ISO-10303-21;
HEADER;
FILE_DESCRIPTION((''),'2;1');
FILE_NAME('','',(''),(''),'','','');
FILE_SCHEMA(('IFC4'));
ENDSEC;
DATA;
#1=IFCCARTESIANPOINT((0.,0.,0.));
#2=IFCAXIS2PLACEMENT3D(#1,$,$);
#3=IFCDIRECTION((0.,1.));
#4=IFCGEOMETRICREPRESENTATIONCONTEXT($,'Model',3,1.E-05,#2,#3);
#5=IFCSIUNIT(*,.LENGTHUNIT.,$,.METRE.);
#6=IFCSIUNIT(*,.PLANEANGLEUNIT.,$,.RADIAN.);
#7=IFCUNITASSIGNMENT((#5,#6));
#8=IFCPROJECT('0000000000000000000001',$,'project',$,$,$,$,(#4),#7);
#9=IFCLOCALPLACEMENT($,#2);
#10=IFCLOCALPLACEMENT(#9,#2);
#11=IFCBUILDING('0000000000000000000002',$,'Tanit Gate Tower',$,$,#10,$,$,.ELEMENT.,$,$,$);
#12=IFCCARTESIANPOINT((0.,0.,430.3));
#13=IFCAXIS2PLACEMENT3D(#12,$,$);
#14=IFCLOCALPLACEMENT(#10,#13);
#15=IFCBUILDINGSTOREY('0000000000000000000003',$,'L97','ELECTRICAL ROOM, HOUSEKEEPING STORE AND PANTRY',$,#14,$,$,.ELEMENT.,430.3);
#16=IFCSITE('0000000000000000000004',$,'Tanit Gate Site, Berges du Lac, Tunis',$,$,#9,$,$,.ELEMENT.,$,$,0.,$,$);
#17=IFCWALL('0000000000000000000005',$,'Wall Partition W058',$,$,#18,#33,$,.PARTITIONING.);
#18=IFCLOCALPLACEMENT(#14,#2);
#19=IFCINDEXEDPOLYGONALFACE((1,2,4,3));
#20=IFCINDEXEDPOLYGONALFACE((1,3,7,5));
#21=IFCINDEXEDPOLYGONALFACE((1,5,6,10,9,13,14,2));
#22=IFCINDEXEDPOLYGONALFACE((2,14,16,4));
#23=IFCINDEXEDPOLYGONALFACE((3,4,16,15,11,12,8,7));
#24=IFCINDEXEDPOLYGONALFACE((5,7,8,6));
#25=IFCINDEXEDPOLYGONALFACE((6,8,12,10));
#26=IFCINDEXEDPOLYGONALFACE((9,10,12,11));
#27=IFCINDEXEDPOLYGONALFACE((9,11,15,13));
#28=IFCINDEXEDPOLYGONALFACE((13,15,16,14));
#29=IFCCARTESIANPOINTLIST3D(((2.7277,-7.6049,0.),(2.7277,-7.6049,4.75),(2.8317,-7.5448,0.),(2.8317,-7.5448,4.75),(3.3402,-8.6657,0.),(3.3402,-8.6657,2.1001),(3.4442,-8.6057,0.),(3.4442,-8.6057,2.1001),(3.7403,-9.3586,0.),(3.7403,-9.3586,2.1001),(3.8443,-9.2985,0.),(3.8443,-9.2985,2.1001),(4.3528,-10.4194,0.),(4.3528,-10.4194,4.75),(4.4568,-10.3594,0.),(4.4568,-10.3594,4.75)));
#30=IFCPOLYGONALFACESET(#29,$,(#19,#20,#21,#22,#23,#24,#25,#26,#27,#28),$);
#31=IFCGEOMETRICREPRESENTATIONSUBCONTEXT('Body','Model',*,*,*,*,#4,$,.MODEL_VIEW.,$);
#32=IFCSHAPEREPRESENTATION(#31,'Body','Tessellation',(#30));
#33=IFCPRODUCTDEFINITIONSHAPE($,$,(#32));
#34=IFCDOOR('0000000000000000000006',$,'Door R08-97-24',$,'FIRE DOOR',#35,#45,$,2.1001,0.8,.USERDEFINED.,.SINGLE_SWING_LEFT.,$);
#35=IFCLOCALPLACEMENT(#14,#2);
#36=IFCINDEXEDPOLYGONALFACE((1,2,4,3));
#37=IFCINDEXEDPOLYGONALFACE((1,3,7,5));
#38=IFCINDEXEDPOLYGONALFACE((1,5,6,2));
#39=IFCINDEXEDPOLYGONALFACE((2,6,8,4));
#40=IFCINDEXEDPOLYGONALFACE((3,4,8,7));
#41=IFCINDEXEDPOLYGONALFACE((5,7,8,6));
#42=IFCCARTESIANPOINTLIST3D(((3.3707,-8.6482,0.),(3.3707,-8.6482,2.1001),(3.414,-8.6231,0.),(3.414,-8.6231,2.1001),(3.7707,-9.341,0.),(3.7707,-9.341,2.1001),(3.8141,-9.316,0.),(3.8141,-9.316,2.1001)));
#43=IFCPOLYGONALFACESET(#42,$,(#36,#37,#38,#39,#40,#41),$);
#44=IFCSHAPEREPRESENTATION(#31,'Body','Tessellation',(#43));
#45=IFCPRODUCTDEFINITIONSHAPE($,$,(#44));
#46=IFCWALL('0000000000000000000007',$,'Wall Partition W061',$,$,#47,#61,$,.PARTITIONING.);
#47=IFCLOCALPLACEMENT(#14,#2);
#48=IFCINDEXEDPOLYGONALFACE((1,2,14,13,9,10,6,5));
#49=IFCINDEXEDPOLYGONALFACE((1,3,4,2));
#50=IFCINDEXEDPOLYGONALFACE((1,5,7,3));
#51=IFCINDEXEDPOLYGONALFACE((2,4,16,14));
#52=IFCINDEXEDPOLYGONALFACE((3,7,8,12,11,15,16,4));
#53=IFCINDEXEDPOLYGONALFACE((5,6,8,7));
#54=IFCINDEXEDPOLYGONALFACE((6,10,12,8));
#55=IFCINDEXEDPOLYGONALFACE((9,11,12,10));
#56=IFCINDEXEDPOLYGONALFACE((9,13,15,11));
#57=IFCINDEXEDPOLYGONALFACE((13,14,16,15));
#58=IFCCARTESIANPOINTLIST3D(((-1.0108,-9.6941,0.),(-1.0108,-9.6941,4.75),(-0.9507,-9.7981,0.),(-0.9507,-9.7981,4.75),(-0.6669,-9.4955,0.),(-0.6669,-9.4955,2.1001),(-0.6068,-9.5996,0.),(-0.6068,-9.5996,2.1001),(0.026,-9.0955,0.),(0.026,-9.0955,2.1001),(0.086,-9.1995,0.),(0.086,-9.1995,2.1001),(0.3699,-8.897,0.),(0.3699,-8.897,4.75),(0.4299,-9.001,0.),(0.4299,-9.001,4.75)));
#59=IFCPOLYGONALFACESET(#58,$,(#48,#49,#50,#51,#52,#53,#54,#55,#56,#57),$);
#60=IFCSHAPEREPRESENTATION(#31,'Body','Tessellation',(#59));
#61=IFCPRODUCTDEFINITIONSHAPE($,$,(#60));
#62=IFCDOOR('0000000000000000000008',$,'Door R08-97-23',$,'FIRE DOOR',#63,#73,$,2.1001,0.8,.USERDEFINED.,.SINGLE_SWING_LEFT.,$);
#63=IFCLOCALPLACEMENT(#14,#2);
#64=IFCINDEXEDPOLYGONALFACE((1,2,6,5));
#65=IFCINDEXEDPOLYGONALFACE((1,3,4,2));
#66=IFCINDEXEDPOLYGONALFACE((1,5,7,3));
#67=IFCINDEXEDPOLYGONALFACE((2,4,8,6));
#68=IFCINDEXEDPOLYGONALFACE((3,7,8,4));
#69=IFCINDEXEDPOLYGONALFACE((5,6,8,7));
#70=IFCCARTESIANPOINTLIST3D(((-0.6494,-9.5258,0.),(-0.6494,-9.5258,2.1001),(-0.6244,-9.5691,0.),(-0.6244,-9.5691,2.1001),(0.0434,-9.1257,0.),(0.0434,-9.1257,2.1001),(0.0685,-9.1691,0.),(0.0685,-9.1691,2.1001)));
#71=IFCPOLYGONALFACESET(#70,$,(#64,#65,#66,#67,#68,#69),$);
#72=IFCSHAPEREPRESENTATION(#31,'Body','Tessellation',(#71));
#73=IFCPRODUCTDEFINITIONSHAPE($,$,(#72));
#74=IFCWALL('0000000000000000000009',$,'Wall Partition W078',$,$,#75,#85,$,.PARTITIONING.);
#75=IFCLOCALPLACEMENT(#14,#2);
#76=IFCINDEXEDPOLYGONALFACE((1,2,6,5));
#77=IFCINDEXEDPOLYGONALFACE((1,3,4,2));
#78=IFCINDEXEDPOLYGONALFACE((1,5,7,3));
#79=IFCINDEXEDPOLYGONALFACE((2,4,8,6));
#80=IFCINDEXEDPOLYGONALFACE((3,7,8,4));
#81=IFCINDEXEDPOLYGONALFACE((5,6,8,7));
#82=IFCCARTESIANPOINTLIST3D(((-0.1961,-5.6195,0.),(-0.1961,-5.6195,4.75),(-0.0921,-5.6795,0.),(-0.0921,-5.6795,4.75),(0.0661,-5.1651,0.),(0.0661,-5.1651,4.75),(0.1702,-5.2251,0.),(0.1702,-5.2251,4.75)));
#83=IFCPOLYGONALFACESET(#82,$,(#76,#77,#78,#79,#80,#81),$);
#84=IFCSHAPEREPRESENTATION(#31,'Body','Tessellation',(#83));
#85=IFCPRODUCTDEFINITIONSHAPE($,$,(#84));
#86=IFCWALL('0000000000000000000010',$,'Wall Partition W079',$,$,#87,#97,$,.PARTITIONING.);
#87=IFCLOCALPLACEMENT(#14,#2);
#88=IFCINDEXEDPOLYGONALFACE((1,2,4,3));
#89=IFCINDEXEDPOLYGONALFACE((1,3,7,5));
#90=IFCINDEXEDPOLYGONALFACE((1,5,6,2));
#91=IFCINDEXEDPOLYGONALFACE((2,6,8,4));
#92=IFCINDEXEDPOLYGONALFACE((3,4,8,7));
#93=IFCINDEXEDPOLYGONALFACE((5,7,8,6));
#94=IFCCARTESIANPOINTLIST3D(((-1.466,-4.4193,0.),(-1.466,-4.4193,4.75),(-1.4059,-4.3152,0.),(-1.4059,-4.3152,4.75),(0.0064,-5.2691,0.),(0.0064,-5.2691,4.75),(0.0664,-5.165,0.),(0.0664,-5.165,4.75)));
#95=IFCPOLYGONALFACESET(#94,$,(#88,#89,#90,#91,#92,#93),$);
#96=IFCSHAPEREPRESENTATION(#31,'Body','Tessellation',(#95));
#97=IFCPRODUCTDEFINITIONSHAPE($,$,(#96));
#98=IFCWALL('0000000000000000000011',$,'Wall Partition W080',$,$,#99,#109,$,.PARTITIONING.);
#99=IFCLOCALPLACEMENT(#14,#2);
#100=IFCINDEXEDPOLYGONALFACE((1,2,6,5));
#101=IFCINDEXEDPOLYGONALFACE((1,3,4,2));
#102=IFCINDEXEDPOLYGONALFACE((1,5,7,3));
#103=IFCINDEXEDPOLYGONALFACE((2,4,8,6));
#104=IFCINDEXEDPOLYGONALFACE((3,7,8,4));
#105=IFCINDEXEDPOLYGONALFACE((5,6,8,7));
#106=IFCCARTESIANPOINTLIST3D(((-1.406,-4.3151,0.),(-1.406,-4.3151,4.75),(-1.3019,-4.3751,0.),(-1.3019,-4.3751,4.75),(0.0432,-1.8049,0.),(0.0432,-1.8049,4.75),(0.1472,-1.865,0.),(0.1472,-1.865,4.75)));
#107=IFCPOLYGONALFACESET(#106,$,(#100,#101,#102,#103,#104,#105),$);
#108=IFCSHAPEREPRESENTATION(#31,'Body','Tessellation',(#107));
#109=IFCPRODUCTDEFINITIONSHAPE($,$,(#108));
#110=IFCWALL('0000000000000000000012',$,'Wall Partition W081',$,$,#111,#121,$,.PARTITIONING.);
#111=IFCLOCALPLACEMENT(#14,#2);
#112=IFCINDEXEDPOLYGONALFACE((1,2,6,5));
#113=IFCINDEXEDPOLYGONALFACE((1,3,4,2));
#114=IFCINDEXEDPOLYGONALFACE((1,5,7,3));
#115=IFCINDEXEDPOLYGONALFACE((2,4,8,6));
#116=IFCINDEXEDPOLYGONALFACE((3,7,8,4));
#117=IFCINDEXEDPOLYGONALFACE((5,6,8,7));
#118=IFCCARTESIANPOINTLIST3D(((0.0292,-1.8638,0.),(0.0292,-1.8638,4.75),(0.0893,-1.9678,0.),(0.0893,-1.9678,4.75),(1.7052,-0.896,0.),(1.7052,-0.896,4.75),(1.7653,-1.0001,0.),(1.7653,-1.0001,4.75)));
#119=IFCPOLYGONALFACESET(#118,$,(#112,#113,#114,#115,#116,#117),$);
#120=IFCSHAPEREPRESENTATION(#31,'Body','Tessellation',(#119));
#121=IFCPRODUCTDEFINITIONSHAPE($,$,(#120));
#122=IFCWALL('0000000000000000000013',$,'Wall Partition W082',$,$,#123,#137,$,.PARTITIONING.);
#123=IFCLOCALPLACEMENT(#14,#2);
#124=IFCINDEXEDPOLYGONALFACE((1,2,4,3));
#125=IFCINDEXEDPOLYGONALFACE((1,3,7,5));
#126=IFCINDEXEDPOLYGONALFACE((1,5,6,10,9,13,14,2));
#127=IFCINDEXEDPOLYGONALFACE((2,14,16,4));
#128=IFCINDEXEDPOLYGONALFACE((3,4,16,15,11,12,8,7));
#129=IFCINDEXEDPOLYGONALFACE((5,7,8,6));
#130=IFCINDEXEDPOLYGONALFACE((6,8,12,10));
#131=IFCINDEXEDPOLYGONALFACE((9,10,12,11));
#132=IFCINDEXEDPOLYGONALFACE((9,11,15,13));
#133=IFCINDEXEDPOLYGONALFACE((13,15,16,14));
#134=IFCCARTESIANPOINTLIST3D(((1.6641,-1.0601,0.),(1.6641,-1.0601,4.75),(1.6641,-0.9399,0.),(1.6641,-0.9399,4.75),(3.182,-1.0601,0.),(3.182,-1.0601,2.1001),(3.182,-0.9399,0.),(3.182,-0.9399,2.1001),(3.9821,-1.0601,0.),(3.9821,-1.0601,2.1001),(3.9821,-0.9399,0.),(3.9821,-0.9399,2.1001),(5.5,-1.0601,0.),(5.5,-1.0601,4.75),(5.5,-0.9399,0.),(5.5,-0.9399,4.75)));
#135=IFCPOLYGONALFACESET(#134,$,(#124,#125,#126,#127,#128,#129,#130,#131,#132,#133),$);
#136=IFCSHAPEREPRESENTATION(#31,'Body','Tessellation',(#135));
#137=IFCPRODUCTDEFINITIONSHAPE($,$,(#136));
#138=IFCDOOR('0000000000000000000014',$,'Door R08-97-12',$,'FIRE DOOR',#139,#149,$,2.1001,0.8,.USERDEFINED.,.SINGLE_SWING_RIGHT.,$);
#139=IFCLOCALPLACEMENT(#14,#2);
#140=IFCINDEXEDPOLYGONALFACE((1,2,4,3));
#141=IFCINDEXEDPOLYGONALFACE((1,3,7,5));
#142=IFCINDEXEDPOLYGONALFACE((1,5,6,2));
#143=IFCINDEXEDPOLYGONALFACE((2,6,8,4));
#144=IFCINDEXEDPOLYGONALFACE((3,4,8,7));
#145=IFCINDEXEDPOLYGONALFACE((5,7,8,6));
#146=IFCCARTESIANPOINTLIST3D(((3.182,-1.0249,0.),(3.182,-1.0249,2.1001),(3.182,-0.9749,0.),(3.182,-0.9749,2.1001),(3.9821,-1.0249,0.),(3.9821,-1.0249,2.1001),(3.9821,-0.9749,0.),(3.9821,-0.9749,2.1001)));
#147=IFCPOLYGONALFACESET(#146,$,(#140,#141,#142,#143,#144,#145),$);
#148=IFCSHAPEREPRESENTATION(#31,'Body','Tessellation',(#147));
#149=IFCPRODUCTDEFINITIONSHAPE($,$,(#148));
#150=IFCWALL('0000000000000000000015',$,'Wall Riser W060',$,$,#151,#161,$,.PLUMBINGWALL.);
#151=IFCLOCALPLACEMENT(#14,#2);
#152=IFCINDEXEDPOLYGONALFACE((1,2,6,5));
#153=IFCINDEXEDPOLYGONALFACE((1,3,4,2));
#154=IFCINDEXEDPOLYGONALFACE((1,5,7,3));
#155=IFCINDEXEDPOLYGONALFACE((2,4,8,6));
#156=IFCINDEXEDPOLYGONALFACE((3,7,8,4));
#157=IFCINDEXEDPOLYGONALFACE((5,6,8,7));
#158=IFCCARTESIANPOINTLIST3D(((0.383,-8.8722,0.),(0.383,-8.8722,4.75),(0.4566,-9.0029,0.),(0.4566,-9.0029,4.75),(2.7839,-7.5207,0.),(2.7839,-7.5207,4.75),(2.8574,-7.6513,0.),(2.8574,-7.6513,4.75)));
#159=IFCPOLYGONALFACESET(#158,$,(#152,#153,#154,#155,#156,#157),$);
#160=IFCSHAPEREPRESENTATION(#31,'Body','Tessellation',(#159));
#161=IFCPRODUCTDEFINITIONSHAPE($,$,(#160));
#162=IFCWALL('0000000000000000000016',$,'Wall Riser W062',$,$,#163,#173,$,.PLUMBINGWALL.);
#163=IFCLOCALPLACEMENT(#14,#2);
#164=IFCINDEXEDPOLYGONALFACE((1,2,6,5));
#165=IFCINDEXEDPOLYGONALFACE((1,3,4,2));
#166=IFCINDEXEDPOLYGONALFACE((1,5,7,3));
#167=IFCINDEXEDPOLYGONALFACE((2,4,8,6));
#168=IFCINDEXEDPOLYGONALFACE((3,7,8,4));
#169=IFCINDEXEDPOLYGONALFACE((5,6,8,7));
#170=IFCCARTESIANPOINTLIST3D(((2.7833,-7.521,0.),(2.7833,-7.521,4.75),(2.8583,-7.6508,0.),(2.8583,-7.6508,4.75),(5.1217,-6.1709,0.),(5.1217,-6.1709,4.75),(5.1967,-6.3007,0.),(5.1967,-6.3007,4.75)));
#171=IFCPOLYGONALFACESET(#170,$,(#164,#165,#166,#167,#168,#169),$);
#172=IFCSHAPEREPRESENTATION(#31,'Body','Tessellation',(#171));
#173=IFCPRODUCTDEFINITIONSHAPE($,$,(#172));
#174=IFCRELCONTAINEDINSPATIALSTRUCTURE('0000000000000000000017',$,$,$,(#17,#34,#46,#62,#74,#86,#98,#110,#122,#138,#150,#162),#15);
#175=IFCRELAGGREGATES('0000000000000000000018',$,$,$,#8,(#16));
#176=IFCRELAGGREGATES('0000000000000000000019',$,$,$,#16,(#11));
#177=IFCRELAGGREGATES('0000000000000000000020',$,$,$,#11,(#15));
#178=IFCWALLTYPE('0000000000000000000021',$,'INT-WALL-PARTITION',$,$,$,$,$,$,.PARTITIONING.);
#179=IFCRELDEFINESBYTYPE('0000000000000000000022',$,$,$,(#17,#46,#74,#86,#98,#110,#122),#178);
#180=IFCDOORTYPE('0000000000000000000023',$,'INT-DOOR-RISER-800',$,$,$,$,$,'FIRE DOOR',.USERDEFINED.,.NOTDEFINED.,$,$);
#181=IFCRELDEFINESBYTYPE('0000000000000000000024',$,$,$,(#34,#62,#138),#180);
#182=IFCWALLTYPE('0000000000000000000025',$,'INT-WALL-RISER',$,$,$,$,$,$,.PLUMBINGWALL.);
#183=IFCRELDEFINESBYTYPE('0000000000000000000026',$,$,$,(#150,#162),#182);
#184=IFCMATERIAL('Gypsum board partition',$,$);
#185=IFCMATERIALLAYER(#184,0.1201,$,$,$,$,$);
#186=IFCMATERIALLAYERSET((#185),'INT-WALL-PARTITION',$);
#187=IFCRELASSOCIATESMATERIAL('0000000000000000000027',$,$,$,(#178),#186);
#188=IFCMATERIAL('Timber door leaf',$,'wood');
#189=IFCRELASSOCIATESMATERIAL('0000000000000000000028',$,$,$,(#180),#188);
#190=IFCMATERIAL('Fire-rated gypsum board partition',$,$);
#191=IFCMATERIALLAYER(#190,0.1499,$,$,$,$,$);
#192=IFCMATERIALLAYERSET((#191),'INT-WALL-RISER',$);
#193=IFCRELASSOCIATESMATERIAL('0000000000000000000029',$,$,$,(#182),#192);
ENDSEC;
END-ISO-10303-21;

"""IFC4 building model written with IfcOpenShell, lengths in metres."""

from ifc_helpers import new_model, si_unit, direction, frame, frame_2d, origin, place, context, subcontext, project, spatial, rectangle, extrude, material, layer, layer_set, type_object, element, fill, save


model = new_model("IFC4")

# Units and contexts
model_context = context("Model", 3, precision=1e-05, world=origin(), true_north=direction((0.0, 1.0)))
body_context = subcontext(model_context, "Body", "Model", "MODEL_VIEW")
ifc_project = project(units=[si_unit("LENGTHUNIT", "METRE"), si_unit("PLANEANGLEUNIT", "RADIAN")], contexts=[model_context])

# Site, building, storey
site_placement = place(None, origin())
site = spatial("IfcSite", under=ifc_project, at=site_placement, Name="Tanit Gate Site, Berges du Lac, Tunis", CompositionType="ELEMENT", RefElevation=0.0)
building_placement = place(site_placement, origin())
building = spatial("IfcBuilding", under=site, at=building_placement, Name="Tanit Gate Tower", CompositionType="ELEMENT")
storey_placement = place(building_placement, frame((0.0, 0.0, 430.3)))
storey = spatial("IfcBuildingStorey", under=building, at=storey_placement, Name="L97", Description="ELECTRICAL ROOM, HOUSEKEEPING STORE AND PANTRY", CompositionType="ELEMENT", Elevation=430.3)

# Walls, openings, doors
ifc_material_1 = material(Name="Gypsum board partition")
ifc_layer_1 = layer(ifc_material_1, 0.1201)
ifc_layer_set_1 = layer_set([ifc_layer_1], Name="INT-WALL-PARTITION")
wall_type_1 = type_object("IfcWallType", Name="INT-WALL-PARTITION", PredefinedType="PARTITIONING", material=ifc_layer_set_1)
wall_1_placement = place(storey_placement, frame((4.4048, -10.3894, 0.0), z_axis=(0.0, 0.0, 1.0), x_axis=(-0.500017, 0.866015, 0.0)))
wall_1 = element("IfcWall", 1, at=wall_1_placement, inside=storey, type_object=wall_type_1, Name="Wall Partition W058", PredefinedType="PARTITIONING", context=body_context, shape_type="SweptSolid", body=[
    extrude(rectangle(XDim=3.25, YDim=0.1201, at=frame_2d((1.625, 0.0))), origin(), (0.0, 0.0, 1.0), 4.75),
])
opening_1_placement = place(wall_1_placement, frame((1.2251, 0.0, 0.0)))
opening_1 = element("IfcOpeningElement", 2, at=opening_1_placement, cuts=wall_1, PredefinedType="OPENING", context=body_context, shape_type="SweptSolid", body=[
    extrude(rectangle(XDim=0.8, YDim=2.1001, at=frame_2d((0.3999, 1.05))), frame((0.0, 0.0701, 0.0), z_axis=(0.0, -1.0, 0.0), x_axis=(1.0, 0.0, 0.0)), (0.0, 0.0, 1.0), 0.1401),
])
ifc_material_2 = material(Name="Timber door leaf", Category="wood")
door_type = type_object("IfcDoorType", Name="INT-DOOR-RISER-800", ElementType="FIRE DOOR", OperationType="NOTDEFINED", PredefinedType="USERDEFINED", material=ifc_material_2)
door_1_placement = place(opening_1_placement, origin())
door_1 = element("IfcDoor", 3, at=door_1_placement, inside=storey, type_object=door_type, Name="Door R08-97-24", ObjectType="FIRE DOOR", OperationType="SINGLE_SWING_LEFT", OverallHeight=2.1001, OverallWidth=0.8, PredefinedType="USERDEFINED", context=body_context, shape_type="SweptSolid", body=[
    extrude(rectangle(XDim=0.8, YDim=2.1001, at=frame_2d((0.3999, 1.05))), frame((0.0, 0.0249, 0.0), z_axis=(0.0, -1.0, 0.0), x_axis=(1.0, 0.0, 0.0)), (0.0, 0.0, 1.0), 0.05),
])
fill(opening_1, door_1)
wall_2_placement = place(storey_placement, frame((0.3999, -8.949, 0.0), z_axis=(0.0, 0.0, 1.0), x_axis=(-0.86602, -0.50001, 0.0)))
wall_2 = element("IfcWall", 4, at=wall_2_placement, inside=storey, type_object=wall_type_1, Name="Wall Partition W061", PredefinedType="PARTITIONING", context=body_context, shape_type="SweptSolid", body=[
    extrude(rectangle(XDim=1.5942, YDim=0.1201, at=frame_2d((0.7971, 0.0))), origin(), (0.0, 0.0, 1.0), 4.75),
])
opening_2_placement = place(wall_2_placement, frame((0.3972, 0.0, 0.0)))
opening_2 = element("IfcOpeningElement", 5, at=opening_2_placement, cuts=wall_2, PredefinedType="OPENING", context=body_context, shape_type="SweptSolid", body=[
    extrude(rectangle(XDim=0.8, YDim=2.1001, at=frame_2d((0.3999, 1.05))), frame((0.0, 0.0701, 0.0), z_axis=(0.0, -1.0, 0.0), x_axis=(1.0, 0.0, 0.0)), (0.0, 0.0, 1.0), 0.1401),
])
door_2_placement = place(opening_2_placement, origin())
door_2 = element("IfcDoor", 6, at=door_2_placement, inside=storey, type_object=door_type, Name="Door R08-97-23", ObjectType="FIRE DOOR", OperationType="SINGLE_SWING_LEFT", OverallHeight=2.1001, OverallWidth=0.8, PredefinedType="USERDEFINED", context=body_context, shape_type="SweptSolid", body=[
    extrude(rectangle(XDim=0.8, YDim=2.1001, at=frame_2d((0.3999, 1.05))), frame((0.0, 0.0249, 0.0), z_axis=(0.0, -1.0, 0.0), x_axis=(1.0, 0.0, 0.0)), (0.0, 0.0, 1.0), 0.05),
])
fill(opening_2, door_2)

# Walls
wall_3_placement = place(storey_placement, frame((-0.144, -5.6494, 0.0), z_axis=(0.0, 0.0, 1.0), x_axis=(0.499843, 0.866116, 0.0)))
element("IfcWall", 7, at=wall_3_placement, inside=storey, type_object=wall_type_1, Name="Wall Partition W078", PredefinedType="PARTITIONING", context=body_context, shape_type="SweptSolid", body=[
    extrude(rectangle(XDim=0.5247, YDim=0.1201, at=frame_2d((0.2622, 0.0))), origin(), (0.0, 0.0, 1.0), 4.75),
])
wall_4_placement = place(storey_placement, frame((-1.436, -4.3672, 0.0), z_axis=(0.0, 0.0, 1.0), x_axis=(0.866088, -0.499892, 0.0)))
element("IfcWall", 8, at=wall_4_placement, inside=storey, type_object=wall_type_1, Name="Wall Partition W079", PredefinedType="PARTITIONING", context=body_context, shape_type="SweptSolid", body=[
    extrude(rectangle(XDim=1.7, YDim=0.1201, at=frame_2d((0.8501, 0.0))), origin(), (0.0, 0.0, 1.0), 4.75),
])
wall_5_placement = place(storey_placement, frame((0.0952, -1.835, 0.0), z_axis=(0.0, 0.0, 1.0), x_axis=(-0.49998, -0.866037, 0.0)))
element("IfcWall", 9, at=wall_5_placement, inside=storey, type_object=wall_type_1, Name="Wall Partition W080", PredefinedType="PARTITIONING", context=body_context, shape_type="SweptSolid", body=[
    extrude(rectangle(XDim=2.8984, YDim=0.1201, at=frame_2d((1.4492, 0.0))), origin(), (0.0, 0.0, 1.0), 4.75),
])
wall_6_placement = place(storey_placement, frame((1.7354, -0.948, 0.0), z_axis=(0.0, 0.0, 1.0), x_axis=(-0.865999, -0.500046, 0.0)))
element("IfcWall", 10, at=wall_6_placement, inside=storey, type_object=wall_type_1, Name="Wall Partition W081", PredefinedType="PARTITIONING", context=body_context, shape_type="SweptSolid", body=[
    extrude(rectangle(XDim=1.9353, YDim=0.1201, at=frame_2d((0.9678, 0.0))), origin(), (0.0, 0.0, 1.0), 4.75),
])

# Wall, opening, door
wall_7_placement = place(storey_placement, frame((5.5, -1.0, 0.0), z_axis=(0.0, 0.0, 1.0), x_axis=(-1.0, 0.0, 0.0)))
wall_7 = element("IfcWall", 11, at=wall_7_placement, inside=storey, type_object=wall_type_1, Name="Wall Partition W082", PredefinedType="PARTITIONING", context=body_context, shape_type="SweptSolid", body=[
    extrude(rectangle(XDim=3.8359, YDim=0.1201, at=frame_2d((1.918, 0.0))), origin(), (0.0, 0.0, 1.0), 4.75),
])
opening_3_placement = place(wall_7_placement, frame((1.5181, 0.0, 0.0)))
opening_3 = element("IfcOpeningElement", 12, at=opening_3_placement, cuts=wall_7, PredefinedType="OPENING", context=body_context, shape_type="SweptSolid", body=[
    extrude(rectangle(XDim=0.8, YDim=2.1001, at=frame_2d((0.3999, 1.05))), frame((0.0, 0.0701, 0.0), z_axis=(0.0, -1.0, 0.0), x_axis=(1.0, 0.0, 0.0)), (0.0, 0.0, 1.0), 0.1401),
])
door_3_placement = place(opening_3_placement, origin())
door_3 = element("IfcDoor", 13, at=door_3_placement, inside=storey, type_object=door_type, Name="Door R08-97-12", ObjectType="FIRE DOOR", OperationType="SINGLE_SWING_RIGHT", OverallHeight=2.1001, OverallWidth=0.8, PredefinedType="USERDEFINED", context=body_context, shape_type="SweptSolid", body=[
    extrude(rectangle(XDim=0.8, YDim=2.1001, at=frame_2d((0.3999, 1.05))), frame((0.0, 0.0249, 0.0), z_axis=(0.0, -1.0, 0.0), x_axis=(1.0, 0.0, 0.0)), (0.0, 0.0, 1.0), 0.05),
])
fill(opening_3, door_3)

# Walls
ifc_material_3 = material(Name="Fire-rated gypsum board partition")
ifc_layer_2 = layer(ifc_material_3, 0.1499)
ifc_layer_set_2 = layer_set([ifc_layer_2], Name="INT-WALL-RISER")
wall_type_2 = type_object("IfcWallType", Name="INT-WALL-RISER", PredefinedType="PLUMBINGWALL", material=ifc_layer_set_2)
wall_8_placement = place(storey_placement, frame((0.4199, -8.9375, 0.0), z_axis=(0.0, 0.0, 1.0), x_axis=(0.87141, 0.490556, 0.0)))
element("IfcWall", 14, at=wall_8_placement, inside=storey, type_object=wall_type_2, Name="Wall Riser W060", PredefinedType="PLUMBINGWALL", context=body_context, shape_type="SweptSolid", body=[
    extrude(rectangle(XDim=2.7551, YDim=0.1499, at=frame_2d((1.3774, 0.0))), origin(), (0.0, 0.0, 1.0), 4.75),
])
wall_9_placement = place(storey_placement, frame((2.8208, -7.5859, 0.0), z_axis=(0.0, 0.0, 1.0), x_axis=(0.86602, 0.500009, 0.0)))
element("IfcWall", 15, at=wall_9_placement, inside=storey, type_object=wall_type_2, Name="Wall Riser W062", PredefinedType="PLUMBINGWALL", context=body_context, shape_type="SweptSolid", body=[
    extrude(rectangle(XDim=2.7002, YDim=0.1499, at=frame_2d((1.3501, 0.0))), origin(), (0.0, 0.0, 1.0), 4.75),
])

save(model, "model.ifc")
